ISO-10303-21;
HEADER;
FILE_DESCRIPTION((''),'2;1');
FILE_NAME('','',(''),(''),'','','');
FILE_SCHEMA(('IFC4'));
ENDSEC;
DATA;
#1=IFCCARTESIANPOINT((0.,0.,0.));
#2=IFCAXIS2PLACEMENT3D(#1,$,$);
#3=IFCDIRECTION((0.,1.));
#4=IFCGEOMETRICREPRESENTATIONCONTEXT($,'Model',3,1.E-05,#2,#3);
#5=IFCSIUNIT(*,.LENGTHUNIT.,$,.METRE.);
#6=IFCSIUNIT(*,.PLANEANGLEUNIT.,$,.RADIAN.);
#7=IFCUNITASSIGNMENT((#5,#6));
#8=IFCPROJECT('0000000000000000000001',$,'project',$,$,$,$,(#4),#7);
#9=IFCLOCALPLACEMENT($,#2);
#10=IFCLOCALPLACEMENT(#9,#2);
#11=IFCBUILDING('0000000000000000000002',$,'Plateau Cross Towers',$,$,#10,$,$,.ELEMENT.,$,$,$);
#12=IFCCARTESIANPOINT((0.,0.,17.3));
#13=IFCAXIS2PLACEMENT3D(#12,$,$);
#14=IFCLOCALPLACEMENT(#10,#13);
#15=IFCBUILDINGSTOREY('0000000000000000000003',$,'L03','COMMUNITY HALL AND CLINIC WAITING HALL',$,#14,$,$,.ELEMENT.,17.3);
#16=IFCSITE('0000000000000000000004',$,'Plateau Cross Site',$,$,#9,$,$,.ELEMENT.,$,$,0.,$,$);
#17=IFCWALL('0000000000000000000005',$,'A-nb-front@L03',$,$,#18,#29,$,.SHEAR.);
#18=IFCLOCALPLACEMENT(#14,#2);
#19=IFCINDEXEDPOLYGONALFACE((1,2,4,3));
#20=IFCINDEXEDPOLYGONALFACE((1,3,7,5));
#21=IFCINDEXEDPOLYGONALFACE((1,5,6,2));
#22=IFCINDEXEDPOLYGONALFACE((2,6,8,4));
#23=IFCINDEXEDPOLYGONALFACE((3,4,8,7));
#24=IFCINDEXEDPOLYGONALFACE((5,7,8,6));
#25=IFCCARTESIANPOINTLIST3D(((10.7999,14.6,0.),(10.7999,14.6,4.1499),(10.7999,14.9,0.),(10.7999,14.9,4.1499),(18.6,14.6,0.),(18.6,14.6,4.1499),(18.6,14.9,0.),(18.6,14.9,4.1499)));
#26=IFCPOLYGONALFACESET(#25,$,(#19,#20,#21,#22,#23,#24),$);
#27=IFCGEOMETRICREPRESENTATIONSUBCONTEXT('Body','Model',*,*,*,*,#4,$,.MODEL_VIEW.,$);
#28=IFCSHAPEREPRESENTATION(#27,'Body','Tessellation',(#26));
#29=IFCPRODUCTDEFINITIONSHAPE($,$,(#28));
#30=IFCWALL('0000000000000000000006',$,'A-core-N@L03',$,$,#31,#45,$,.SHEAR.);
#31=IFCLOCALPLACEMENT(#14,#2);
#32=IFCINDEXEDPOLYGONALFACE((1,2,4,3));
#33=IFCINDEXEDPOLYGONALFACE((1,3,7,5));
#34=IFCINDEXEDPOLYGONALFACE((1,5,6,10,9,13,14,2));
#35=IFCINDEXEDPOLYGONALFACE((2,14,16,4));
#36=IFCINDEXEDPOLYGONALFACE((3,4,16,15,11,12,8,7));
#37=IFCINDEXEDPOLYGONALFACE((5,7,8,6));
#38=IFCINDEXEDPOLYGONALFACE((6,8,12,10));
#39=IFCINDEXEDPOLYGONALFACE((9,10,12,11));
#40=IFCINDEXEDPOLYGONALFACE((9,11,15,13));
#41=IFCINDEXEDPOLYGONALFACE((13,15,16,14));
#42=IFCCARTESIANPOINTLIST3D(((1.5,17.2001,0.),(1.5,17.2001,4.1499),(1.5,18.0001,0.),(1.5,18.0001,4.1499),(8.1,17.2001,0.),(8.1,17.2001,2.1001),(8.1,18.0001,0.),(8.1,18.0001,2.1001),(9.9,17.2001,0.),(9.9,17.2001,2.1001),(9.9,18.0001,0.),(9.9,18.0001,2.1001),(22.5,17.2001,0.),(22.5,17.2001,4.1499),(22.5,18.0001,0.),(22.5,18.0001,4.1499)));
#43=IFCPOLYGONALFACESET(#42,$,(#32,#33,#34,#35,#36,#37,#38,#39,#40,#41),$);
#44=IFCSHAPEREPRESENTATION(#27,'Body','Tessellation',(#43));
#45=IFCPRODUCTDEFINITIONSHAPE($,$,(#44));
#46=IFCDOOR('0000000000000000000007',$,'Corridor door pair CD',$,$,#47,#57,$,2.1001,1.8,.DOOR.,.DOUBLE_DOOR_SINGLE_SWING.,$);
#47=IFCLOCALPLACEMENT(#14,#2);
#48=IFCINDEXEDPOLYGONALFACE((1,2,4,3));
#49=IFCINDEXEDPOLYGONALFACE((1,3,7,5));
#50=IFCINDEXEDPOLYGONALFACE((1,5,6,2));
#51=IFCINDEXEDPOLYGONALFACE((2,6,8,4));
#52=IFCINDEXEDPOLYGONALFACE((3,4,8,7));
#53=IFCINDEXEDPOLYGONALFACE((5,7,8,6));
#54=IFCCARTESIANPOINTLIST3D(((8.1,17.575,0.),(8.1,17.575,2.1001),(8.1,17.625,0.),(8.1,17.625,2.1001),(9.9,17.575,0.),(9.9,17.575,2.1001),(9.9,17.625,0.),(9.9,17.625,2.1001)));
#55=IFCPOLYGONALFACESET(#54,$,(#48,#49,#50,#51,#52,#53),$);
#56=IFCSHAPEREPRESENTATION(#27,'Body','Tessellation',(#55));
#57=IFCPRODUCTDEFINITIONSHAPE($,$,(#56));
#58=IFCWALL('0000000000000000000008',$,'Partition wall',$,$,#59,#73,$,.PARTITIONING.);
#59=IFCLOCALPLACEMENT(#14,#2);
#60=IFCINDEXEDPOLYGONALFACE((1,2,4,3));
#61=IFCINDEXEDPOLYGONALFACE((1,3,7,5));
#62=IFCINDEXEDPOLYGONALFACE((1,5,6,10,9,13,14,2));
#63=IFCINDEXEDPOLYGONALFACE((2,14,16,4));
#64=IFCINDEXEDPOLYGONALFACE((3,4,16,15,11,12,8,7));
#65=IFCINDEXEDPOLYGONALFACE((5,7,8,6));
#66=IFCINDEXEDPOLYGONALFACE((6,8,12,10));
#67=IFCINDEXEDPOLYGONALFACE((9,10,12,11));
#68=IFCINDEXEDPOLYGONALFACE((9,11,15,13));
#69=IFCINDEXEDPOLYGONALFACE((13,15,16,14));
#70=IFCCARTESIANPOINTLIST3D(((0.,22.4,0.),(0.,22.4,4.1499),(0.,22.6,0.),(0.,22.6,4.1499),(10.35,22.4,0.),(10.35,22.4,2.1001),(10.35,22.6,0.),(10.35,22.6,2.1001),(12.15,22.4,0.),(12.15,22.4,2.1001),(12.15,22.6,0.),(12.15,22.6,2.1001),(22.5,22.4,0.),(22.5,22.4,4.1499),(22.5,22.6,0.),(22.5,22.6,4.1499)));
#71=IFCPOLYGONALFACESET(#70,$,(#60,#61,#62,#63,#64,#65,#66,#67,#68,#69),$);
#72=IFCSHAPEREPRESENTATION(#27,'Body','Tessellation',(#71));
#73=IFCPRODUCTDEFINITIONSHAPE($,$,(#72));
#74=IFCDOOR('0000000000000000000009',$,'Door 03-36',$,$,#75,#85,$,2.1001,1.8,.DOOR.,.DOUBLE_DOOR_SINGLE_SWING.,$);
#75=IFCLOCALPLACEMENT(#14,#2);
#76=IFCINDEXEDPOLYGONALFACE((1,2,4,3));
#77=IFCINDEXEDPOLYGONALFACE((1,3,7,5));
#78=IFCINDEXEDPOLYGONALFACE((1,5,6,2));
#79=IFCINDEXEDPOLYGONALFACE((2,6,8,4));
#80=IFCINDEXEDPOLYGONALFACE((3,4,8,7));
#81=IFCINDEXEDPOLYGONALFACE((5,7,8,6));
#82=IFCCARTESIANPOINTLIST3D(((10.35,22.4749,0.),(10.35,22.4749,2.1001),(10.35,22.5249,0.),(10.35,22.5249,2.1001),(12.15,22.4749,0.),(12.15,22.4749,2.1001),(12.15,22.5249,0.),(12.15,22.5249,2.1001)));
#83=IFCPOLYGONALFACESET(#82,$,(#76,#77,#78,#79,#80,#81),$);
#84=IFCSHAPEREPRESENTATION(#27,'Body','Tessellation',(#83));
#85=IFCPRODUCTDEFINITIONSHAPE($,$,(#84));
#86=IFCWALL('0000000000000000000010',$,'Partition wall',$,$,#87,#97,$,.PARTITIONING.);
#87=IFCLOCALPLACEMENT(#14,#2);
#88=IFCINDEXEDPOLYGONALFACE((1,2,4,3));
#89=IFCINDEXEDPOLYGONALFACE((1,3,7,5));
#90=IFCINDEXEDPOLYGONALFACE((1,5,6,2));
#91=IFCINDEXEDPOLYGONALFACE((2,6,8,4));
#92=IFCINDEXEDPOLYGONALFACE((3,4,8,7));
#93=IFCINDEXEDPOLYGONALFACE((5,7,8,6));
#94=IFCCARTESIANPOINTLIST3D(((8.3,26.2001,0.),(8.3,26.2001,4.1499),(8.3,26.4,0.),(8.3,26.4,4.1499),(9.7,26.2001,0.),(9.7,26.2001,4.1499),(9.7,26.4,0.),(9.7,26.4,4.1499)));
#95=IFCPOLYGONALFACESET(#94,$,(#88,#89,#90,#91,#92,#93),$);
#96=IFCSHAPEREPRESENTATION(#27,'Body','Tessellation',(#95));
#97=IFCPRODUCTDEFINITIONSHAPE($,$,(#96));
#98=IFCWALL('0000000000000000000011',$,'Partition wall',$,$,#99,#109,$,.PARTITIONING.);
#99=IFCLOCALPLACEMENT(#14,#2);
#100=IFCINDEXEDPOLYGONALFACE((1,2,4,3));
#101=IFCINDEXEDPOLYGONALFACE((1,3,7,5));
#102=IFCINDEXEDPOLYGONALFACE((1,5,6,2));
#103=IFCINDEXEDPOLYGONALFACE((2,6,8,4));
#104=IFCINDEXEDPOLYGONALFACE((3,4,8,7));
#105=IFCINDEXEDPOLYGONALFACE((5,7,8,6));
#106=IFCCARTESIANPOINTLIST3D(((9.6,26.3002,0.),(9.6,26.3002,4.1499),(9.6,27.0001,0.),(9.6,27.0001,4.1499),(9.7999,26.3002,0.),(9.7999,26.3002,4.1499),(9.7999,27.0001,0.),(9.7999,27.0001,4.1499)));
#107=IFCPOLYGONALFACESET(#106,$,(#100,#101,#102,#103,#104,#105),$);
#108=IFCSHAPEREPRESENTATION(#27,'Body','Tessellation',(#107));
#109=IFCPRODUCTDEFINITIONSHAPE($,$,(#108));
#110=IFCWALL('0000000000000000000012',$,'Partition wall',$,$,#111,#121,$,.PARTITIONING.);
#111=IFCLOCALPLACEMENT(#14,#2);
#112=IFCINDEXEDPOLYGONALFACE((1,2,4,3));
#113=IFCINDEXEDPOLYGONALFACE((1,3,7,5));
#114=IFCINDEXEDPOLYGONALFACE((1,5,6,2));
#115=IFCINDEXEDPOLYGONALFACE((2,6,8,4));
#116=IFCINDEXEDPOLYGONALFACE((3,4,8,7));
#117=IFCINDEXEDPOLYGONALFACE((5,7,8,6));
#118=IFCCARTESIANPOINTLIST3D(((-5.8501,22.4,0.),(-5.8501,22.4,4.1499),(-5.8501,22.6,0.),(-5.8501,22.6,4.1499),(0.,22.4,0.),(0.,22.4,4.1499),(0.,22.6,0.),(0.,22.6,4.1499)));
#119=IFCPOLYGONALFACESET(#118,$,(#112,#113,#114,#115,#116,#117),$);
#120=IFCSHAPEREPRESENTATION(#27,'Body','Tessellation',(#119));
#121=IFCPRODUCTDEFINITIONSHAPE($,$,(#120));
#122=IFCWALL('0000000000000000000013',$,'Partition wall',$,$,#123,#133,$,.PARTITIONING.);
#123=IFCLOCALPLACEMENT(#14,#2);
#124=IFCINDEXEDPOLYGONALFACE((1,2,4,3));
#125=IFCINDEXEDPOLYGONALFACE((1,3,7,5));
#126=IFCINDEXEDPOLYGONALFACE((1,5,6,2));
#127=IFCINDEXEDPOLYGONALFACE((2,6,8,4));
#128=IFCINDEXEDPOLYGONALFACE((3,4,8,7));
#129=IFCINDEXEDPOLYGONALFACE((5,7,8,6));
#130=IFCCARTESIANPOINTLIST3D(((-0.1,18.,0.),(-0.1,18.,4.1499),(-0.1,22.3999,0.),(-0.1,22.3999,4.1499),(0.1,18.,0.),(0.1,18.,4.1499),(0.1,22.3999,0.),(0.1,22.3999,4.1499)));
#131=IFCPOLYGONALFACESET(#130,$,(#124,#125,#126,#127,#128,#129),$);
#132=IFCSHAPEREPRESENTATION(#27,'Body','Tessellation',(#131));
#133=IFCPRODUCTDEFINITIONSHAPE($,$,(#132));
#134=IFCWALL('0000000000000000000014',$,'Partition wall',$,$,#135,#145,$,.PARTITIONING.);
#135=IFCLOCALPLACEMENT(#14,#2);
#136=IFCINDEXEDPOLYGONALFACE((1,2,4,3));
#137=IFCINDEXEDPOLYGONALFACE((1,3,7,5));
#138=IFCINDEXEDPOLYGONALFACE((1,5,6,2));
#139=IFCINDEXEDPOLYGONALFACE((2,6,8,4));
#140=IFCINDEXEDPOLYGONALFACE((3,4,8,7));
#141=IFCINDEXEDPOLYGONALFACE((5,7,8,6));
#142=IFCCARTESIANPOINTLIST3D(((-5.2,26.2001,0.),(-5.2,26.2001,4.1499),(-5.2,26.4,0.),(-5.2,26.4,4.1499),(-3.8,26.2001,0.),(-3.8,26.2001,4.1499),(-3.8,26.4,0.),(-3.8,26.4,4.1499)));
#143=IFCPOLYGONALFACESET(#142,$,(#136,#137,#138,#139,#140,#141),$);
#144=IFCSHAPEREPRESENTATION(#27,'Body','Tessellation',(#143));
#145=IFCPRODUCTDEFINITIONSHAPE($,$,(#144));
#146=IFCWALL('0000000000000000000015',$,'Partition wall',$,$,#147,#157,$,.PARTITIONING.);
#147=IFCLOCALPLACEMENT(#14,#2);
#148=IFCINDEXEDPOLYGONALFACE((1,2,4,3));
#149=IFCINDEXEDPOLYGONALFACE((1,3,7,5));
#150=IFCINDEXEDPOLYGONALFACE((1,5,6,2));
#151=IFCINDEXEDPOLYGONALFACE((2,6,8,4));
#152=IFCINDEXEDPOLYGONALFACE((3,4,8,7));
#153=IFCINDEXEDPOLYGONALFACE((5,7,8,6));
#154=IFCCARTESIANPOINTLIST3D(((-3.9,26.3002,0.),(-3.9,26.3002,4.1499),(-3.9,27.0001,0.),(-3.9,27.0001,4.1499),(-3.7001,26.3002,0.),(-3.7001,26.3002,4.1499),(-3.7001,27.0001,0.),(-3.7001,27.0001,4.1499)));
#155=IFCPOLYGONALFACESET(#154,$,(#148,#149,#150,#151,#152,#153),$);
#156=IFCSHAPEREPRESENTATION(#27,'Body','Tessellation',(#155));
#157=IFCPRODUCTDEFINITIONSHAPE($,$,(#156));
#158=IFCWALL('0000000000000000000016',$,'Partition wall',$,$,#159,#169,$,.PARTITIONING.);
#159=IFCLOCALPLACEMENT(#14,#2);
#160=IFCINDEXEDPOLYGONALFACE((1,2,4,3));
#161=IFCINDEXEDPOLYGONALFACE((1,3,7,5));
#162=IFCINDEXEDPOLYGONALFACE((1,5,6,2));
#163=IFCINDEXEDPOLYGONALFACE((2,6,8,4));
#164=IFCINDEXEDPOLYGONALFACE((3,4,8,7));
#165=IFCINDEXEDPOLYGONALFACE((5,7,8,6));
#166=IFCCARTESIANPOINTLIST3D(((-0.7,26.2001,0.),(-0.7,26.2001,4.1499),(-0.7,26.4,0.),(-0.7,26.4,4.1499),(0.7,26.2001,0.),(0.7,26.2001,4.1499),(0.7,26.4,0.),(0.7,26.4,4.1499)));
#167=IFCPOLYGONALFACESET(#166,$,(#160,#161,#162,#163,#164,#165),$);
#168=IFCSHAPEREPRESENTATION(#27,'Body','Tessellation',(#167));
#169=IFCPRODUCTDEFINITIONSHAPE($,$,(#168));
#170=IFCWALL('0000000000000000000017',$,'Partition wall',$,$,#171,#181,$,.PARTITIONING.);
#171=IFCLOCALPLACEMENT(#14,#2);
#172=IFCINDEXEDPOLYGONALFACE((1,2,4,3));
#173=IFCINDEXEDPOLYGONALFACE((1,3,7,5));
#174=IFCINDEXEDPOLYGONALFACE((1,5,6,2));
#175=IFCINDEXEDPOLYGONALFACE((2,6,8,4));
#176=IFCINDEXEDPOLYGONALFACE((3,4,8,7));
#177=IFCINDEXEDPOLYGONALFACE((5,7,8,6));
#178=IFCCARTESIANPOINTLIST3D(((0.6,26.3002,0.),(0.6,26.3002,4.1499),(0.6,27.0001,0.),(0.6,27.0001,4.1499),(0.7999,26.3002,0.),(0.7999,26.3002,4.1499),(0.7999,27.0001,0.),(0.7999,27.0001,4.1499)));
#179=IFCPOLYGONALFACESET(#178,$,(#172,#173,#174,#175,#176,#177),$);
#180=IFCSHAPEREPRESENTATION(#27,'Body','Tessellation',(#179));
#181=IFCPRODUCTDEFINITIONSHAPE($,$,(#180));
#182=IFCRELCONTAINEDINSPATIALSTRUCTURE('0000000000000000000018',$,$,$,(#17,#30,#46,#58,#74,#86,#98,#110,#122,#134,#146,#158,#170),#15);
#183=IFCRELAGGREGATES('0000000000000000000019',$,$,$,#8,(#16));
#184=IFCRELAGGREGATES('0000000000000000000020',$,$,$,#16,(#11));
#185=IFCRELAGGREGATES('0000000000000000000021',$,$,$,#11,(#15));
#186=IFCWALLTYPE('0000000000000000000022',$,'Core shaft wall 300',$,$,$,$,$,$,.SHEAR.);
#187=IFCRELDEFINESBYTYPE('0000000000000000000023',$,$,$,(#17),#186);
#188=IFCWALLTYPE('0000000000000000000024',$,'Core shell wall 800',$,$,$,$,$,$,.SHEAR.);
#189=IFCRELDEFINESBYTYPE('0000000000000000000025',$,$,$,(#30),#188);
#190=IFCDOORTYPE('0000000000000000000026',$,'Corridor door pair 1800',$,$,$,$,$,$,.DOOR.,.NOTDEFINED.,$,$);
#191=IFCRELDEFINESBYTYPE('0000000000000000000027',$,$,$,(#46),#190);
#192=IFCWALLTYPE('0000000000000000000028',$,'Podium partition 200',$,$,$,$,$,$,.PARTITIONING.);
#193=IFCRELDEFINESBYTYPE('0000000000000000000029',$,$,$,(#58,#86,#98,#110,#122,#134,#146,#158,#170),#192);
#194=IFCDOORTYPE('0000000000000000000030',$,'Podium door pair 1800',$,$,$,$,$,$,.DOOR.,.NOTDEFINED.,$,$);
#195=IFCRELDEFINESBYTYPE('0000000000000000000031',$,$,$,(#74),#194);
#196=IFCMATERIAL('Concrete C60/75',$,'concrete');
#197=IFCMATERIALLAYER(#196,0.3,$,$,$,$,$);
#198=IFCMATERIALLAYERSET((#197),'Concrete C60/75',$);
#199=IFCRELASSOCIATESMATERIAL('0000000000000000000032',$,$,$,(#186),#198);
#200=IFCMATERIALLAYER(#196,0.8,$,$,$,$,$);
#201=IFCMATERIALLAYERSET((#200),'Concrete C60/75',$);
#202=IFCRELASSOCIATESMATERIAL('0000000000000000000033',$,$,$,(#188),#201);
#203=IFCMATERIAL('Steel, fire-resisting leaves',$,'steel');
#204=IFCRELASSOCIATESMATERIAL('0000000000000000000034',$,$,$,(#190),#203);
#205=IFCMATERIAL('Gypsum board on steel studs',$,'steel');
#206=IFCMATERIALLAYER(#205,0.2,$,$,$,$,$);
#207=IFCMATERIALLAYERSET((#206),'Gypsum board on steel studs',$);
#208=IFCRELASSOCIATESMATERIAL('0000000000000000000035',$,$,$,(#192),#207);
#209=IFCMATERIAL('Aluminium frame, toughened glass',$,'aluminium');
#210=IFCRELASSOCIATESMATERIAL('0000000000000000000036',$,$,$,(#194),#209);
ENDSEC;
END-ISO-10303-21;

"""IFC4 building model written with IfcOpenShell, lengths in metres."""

from ifc_helpers import new_model, si_unit, direction, frame, frame_2d, origin, place, context, subcontext, project, spatial, rectangle, extrude, material, layer, layer_set, type_object, element, fill, save


model = new_model("IFC4")

# Units and contexts
model_context = context("Model", 3, precision=1e-05, world=origin(), true_north=direction((0.0, 1.0)))
body_context = subcontext(model_context, "Body", "Model", "MODEL_VIEW")
ifc_project = project(units=[si_unit("LENGTHUNIT", "METRE"), si_unit("PLANEANGLEUNIT", "RADIAN")], contexts=[model_context])

# Site, building, storey
site_placement = place(None, origin())
site = spatial("IfcSite", under=ifc_project, at=site_placement, Name="Plateau Cross Site", CompositionType="ELEMENT", RefElevation=0.0)
building_placement = place(site_placement, origin())
building = spatial("IfcBuilding", under=site, at=building_placement, Name="Plateau Cross Towers", CompositionType="ELEMENT")
storey_placement = place(building_placement, frame((0.0, 0.0, 17.3)))
storey = spatial("IfcBuildingStorey", under=building, at=storey_placement, Name="L03", Description="COMMUNITY HALL AND CLINIC WAITING HALL", CompositionType="ELEMENT", Elevation=17.3)

# Shared definitions
ifc_material_1 = material(Name="Concrete C60/75", Category="concrete")

# Wall
ifc_layer_1 = layer(ifc_material_1, 0.3)
ifc_layer_set_1 = layer_set([ifc_layer_1], Name="Concrete C60/75")
wall_type_1 = type_object("IfcWallType", Name="Core shaft wall 300", PredefinedType="SHEAR", material=ifc_layer_set_1)
wall_1_placement = place(storey_placement, frame((10.8, 14.75, 0.0), z_axis=(0.0, 0.0, 1.0), x_axis=(1.0, 0.0, 0.0)))
element("IfcWall", 1, at=wall_1_placement, inside=storey, type_object=wall_type_1, Name="A-nb-front@L03", PredefinedType="SHEAR", context=body_context, shape_type="SweptSolid", body=[
    extrude(rectangle(XDim=7.8, YDim=0.3, at=frame_2d((3.8999, 0.0))), origin(), (0.0, 0.0, 1.0), 4.1499),
])

# Walls, openings, doors
ifc_layer_2 = layer(ifc_material_1, 0.8)
ifc_layer_set_2 = layer_set([ifc_layer_2], Name="Concrete C60/75")
wall_type_2 = type_object("IfcWallType", Name="Core shell wall 800", PredefinedType="SHEAR", material=ifc_layer_set_2)
wall_2_placement = place(storey_placement, frame((1.5, 17.6001, 0.0), z_axis=(0.0, 0.0, 1.0), x_axis=(1.0, 0.0, 0.0)))
wall_2 = element("IfcWall", 2, at=wall_2_placement, inside=storey, type_object=wall_type_2, Name="A-core-N@L03", PredefinedType="SHEAR", context=body_context, shape_type="SweptSolid", body=[
    extrude(rectangle(XDim=21.0, YDim=0.8, at=frame_2d((10.5, 0.0))), origin(), (0.0, 0.0, 1.0), 4.1499),
])
opening_1_placement = place(wall_2_placement, frame((6.6001, 0.0, 0.0)))
opening_1 = element("IfcOpeningElement", 3, at=opening_1_placement, cuts=wall_2, PredefinedType="OPENING", context=body_context, shape_type="SweptSolid", body=[
    extrude(rectangle(XDim=1.8, YDim=2.1001, at=frame_2d((0.8999, 1.05))), frame((0.0, 0.4099, 0.0), z_axis=(0.0, -1.0, 0.0), x_axis=(1.0, 0.0, 0.0)), (0.0, 0.0, 1.0), 0.8201),
])
ifc_material_2 = material(Name="Steel, fire-resisting leaves", Category="steel")
door_type_1 = type_object("IfcDoorType", Name="Corridor door pair 1800", OperationType="NOTDEFINED", PredefinedType="DOOR", material=ifc_material_2)
door_1_placement = place(opening_1_placement, origin())
door_1 = element("IfcDoor", 4, at=door_1_placement, inside=storey, type_object=door_type_1, Name="Corridor door pair CD", OperationType="DOUBLE_DOOR_SINGLE_SWING", OverallHeight=2.1001, OverallWidth=1.8, PredefinedType="DOOR", context=body_context, shape_type="SweptSolid", body=[
    extrude(rectangle(XDim=1.8, YDim=2.1001, at=frame_2d((0.8999, 1.05))), frame((0.0, 0.0249, 0.0), z_axis=(0.0, -1.0, 0.0), x_axis=(1.0, 0.0, 0.0)), (0.0, 0.0, 1.0), 0.05),
])
fill(opening_1, door_1)
ifc_material_3 = material(Name="Gypsum board on steel studs", Category="steel")
ifc_layer_3 = layer(ifc_material_3, 0.2)
ifc_layer_set_3 = layer_set([ifc_layer_3], Name="Gypsum board on steel studs")
wall_type_3 = type_object("IfcWallType", Name="Podium partition 200", PredefinedType="PARTITIONING", material=ifc_layer_set_3)
wall_3_placement = place(storey_placement, frame((0.0, 22.5, 0.0), z_axis=(0.0, 0.0, 1.0), x_axis=(1.0, 0.0, 0.0)))
wall_3 = element("IfcWall", 5, at=wall_3_placement, inside=storey, type_object=wall_type_3, Name="Partition wall", PredefinedType="PARTITIONING", context=body_context, shape_type="SweptSolid", body=[
    extrude(rectangle(XDim=22.5, YDim=0.2, at=frame_2d((11.25, 0.0))), origin(), (0.0, 0.0, 1.0), 4.1499),
])
opening_2_placement = place(wall_3_placement, frame((10.3501, 0.0, 0.0)))
opening_2 = element("IfcOpeningElement", 6, at=opening_2_placement, cuts=wall_3, PredefinedType="OPENING", context=body_context, shape_type="SweptSolid", body=[
    extrude(rectangle(XDim=1.8, YDim=2.1001, at=frame_2d((0.8999, 1.05))), frame((0.0, 0.1099, 0.0), z_axis=(0.0, -1.0, 0.0), x_axis=(1.0, 0.0, 0.0)), (0.0, 0.0, 1.0), 0.22),
])
ifc_material_4 = material(Name="Aluminium frame, toughened glass", Category="aluminium")
door_type_2 = type_object("IfcDoorType", Name="Podium door pair 1800", OperationType="NOTDEFINED", PredefinedType="DOOR", material=ifc_material_4)
door_2_placement = place(opening_2_placement, origin())
door_2 = element("IfcDoor", 7, at=door_2_placement, inside=storey, type_object=door_type_2, Name="Door 03-36", OperationType="DOUBLE_DOOR_SINGLE_SWING", OverallHeight=2.1001, OverallWidth=1.8, PredefinedType="DOOR", context=body_context, shape_type="SweptSolid", body=[
    extrude(rectangle(XDim=1.8, YDim=2.1001, at=frame_2d((0.8999, 1.05))), frame((0.0, 0.0249, 0.0), z_axis=(0.0, -1.0, 0.0), x_axis=(1.0, 0.0, 0.0)), (0.0, 0.0, 1.0), 0.05),
])
fill(opening_2, door_2)

# Walls
wall_4_placement = place(storey_placement, frame((8.3, 26.3, 0.0), z_axis=(0.0, 0.0, 1.0), x_axis=(1.0, 0.0, 0.0)))
element("IfcWall", 8, at=wall_4_placement, inside=storey, type_object=wall_type_3, Name="Partition wall", PredefinedType="PARTITIONING", context=body_context, shape_type="SweptSolid", body=[
    extrude(rectangle(XDim=1.3999, YDim=0.2, at=frame_2d((0.7, 0.0))), origin(), (0.0, 0.0, 1.0), 4.1499),
])
wall_5_placement = place(storey_placement, frame((9.7, 26.3, 0.0), z_axis=(0.0, 0.0, 1.0), x_axis=(0.0, 1.0, 0.0)))
element("IfcWall", 9, at=wall_5_placement, inside=storey, type_object=wall_type_3, Name="Partition wall", PredefinedType="PARTITIONING", context=body_context, shape_type="SweptSolid", body=[
    extrude(rectangle(XDim=0.7, YDim=0.2, at=frame_2d((0.3501, 0.0))), origin(), (0.0, 0.0, 1.0), 4.1499),
])
wall_6_placement = place(storey_placement, frame((0.0, 22.5, 0.0), z_axis=(0.0, 0.0, 1.0), x_axis=(-1.0, 0.0, 0.0)))
element("IfcWall", 10, at=wall_6_placement, inside=storey, type_object=wall_type_3, Name="Partition wall", PredefinedType="PARTITIONING", context=body_context, shape_type="SweptSolid", body=[
    extrude(rectangle(XDim=5.8501, YDim=0.2, at=frame_2d((2.925, 0.0))), origin(), (0.0, 0.0, 1.0), 4.1499),
])
wall_7_placement = place(storey_placement, frame((0.0, 18.0, 0.0), z_axis=(0.0, 0.0, 1.0), x_axis=(0.0, 1.0, 0.0)))
element("IfcWall", 11, at=wall_7_placement, inside=storey, type_object=wall_type_3, Name="Partition wall", PredefinedType="PARTITIONING", context=body_context, shape_type="SweptSolid", body=[
    extrude(rectangle(XDim=4.3999, YDim=0.2, at=frame_2d((2.2, 0.0))), origin(), (0.0, 0.0, 1.0), 4.1499),
])
wall_8_placement = place(storey_placement, frame((-5.2, 26.3, 0.0), z_axis=(0.0, 0.0, 1.0), x_axis=(1.0, 0.0, 0.0)))
element("IfcWall", 12, at=wall_8_placement, inside=storey, type_object=wall_type_3, Name="Partition wall", PredefinedType="PARTITIONING", context=body_context, shape_type="SweptSolid", body=[
    extrude(rectangle(XDim=1.3999, YDim=0.2, at=frame_2d((0.7, 0.0))), origin(), (0.0, 0.0, 1.0), 4.1499),
])
wall_9_placement = place(storey_placement, frame((-3.8, 26.3, 0.0), z_axis=(0.0, 0.0, 1.0), x_axis=(0.0, 1.0, 0.0)))
element("IfcWall", 13, at=wall_9_placement, inside=storey, type_object=wall_type_3, Name="Partition wall", PredefinedType="PARTITIONING", context=body_context, shape_type="SweptSolid", body=[
    extrude(rectangle(XDim=0.7, YDim=0.2, at=frame_2d((0.3501, 0.0))), origin(), (0.0, 0.0, 1.0), 4.1499),
])
wall_10_placement = place(storey_placement, frame((-0.7, 26.3, 0.0), z_axis=(0.0, 0.0, 1.0), x_axis=(1.0, 0.0, 0.0)))
element("IfcWall", 14, at=wall_10_placement, inside=storey, type_object=wall_type_3, Name="Partition wall", PredefinedType="PARTITIONING", context=body_context, shape_type="SweptSolid", body=[
    extrude(rectangle(XDim=1.3999, YDim=0.2, at=frame_2d((0.7, 0.0))), origin(), (0.0, 0.0, 1.0), 4.1499),
])
wall_11_placement = place(storey_placement, frame((0.7, 26.3, 0.0), z_axis=(0.0, 0.0, 1.0), x_axis=(0.0, 1.0, 0.0)))
element("IfcWall", 15, at=wall_11_placement, inside=storey, type_object=wall_type_3, Name="Partition wall", PredefinedType="PARTITIONING", context=body_context, shape_type="SweptSolid", body=[
    extrude(rectangle(XDim=0.7, YDim=0.2, at=frame_2d((0.3501, 0.0))), origin(), (0.0, 0.0, 1.0), 4.1499),
])

save(model, "model.ifc")
